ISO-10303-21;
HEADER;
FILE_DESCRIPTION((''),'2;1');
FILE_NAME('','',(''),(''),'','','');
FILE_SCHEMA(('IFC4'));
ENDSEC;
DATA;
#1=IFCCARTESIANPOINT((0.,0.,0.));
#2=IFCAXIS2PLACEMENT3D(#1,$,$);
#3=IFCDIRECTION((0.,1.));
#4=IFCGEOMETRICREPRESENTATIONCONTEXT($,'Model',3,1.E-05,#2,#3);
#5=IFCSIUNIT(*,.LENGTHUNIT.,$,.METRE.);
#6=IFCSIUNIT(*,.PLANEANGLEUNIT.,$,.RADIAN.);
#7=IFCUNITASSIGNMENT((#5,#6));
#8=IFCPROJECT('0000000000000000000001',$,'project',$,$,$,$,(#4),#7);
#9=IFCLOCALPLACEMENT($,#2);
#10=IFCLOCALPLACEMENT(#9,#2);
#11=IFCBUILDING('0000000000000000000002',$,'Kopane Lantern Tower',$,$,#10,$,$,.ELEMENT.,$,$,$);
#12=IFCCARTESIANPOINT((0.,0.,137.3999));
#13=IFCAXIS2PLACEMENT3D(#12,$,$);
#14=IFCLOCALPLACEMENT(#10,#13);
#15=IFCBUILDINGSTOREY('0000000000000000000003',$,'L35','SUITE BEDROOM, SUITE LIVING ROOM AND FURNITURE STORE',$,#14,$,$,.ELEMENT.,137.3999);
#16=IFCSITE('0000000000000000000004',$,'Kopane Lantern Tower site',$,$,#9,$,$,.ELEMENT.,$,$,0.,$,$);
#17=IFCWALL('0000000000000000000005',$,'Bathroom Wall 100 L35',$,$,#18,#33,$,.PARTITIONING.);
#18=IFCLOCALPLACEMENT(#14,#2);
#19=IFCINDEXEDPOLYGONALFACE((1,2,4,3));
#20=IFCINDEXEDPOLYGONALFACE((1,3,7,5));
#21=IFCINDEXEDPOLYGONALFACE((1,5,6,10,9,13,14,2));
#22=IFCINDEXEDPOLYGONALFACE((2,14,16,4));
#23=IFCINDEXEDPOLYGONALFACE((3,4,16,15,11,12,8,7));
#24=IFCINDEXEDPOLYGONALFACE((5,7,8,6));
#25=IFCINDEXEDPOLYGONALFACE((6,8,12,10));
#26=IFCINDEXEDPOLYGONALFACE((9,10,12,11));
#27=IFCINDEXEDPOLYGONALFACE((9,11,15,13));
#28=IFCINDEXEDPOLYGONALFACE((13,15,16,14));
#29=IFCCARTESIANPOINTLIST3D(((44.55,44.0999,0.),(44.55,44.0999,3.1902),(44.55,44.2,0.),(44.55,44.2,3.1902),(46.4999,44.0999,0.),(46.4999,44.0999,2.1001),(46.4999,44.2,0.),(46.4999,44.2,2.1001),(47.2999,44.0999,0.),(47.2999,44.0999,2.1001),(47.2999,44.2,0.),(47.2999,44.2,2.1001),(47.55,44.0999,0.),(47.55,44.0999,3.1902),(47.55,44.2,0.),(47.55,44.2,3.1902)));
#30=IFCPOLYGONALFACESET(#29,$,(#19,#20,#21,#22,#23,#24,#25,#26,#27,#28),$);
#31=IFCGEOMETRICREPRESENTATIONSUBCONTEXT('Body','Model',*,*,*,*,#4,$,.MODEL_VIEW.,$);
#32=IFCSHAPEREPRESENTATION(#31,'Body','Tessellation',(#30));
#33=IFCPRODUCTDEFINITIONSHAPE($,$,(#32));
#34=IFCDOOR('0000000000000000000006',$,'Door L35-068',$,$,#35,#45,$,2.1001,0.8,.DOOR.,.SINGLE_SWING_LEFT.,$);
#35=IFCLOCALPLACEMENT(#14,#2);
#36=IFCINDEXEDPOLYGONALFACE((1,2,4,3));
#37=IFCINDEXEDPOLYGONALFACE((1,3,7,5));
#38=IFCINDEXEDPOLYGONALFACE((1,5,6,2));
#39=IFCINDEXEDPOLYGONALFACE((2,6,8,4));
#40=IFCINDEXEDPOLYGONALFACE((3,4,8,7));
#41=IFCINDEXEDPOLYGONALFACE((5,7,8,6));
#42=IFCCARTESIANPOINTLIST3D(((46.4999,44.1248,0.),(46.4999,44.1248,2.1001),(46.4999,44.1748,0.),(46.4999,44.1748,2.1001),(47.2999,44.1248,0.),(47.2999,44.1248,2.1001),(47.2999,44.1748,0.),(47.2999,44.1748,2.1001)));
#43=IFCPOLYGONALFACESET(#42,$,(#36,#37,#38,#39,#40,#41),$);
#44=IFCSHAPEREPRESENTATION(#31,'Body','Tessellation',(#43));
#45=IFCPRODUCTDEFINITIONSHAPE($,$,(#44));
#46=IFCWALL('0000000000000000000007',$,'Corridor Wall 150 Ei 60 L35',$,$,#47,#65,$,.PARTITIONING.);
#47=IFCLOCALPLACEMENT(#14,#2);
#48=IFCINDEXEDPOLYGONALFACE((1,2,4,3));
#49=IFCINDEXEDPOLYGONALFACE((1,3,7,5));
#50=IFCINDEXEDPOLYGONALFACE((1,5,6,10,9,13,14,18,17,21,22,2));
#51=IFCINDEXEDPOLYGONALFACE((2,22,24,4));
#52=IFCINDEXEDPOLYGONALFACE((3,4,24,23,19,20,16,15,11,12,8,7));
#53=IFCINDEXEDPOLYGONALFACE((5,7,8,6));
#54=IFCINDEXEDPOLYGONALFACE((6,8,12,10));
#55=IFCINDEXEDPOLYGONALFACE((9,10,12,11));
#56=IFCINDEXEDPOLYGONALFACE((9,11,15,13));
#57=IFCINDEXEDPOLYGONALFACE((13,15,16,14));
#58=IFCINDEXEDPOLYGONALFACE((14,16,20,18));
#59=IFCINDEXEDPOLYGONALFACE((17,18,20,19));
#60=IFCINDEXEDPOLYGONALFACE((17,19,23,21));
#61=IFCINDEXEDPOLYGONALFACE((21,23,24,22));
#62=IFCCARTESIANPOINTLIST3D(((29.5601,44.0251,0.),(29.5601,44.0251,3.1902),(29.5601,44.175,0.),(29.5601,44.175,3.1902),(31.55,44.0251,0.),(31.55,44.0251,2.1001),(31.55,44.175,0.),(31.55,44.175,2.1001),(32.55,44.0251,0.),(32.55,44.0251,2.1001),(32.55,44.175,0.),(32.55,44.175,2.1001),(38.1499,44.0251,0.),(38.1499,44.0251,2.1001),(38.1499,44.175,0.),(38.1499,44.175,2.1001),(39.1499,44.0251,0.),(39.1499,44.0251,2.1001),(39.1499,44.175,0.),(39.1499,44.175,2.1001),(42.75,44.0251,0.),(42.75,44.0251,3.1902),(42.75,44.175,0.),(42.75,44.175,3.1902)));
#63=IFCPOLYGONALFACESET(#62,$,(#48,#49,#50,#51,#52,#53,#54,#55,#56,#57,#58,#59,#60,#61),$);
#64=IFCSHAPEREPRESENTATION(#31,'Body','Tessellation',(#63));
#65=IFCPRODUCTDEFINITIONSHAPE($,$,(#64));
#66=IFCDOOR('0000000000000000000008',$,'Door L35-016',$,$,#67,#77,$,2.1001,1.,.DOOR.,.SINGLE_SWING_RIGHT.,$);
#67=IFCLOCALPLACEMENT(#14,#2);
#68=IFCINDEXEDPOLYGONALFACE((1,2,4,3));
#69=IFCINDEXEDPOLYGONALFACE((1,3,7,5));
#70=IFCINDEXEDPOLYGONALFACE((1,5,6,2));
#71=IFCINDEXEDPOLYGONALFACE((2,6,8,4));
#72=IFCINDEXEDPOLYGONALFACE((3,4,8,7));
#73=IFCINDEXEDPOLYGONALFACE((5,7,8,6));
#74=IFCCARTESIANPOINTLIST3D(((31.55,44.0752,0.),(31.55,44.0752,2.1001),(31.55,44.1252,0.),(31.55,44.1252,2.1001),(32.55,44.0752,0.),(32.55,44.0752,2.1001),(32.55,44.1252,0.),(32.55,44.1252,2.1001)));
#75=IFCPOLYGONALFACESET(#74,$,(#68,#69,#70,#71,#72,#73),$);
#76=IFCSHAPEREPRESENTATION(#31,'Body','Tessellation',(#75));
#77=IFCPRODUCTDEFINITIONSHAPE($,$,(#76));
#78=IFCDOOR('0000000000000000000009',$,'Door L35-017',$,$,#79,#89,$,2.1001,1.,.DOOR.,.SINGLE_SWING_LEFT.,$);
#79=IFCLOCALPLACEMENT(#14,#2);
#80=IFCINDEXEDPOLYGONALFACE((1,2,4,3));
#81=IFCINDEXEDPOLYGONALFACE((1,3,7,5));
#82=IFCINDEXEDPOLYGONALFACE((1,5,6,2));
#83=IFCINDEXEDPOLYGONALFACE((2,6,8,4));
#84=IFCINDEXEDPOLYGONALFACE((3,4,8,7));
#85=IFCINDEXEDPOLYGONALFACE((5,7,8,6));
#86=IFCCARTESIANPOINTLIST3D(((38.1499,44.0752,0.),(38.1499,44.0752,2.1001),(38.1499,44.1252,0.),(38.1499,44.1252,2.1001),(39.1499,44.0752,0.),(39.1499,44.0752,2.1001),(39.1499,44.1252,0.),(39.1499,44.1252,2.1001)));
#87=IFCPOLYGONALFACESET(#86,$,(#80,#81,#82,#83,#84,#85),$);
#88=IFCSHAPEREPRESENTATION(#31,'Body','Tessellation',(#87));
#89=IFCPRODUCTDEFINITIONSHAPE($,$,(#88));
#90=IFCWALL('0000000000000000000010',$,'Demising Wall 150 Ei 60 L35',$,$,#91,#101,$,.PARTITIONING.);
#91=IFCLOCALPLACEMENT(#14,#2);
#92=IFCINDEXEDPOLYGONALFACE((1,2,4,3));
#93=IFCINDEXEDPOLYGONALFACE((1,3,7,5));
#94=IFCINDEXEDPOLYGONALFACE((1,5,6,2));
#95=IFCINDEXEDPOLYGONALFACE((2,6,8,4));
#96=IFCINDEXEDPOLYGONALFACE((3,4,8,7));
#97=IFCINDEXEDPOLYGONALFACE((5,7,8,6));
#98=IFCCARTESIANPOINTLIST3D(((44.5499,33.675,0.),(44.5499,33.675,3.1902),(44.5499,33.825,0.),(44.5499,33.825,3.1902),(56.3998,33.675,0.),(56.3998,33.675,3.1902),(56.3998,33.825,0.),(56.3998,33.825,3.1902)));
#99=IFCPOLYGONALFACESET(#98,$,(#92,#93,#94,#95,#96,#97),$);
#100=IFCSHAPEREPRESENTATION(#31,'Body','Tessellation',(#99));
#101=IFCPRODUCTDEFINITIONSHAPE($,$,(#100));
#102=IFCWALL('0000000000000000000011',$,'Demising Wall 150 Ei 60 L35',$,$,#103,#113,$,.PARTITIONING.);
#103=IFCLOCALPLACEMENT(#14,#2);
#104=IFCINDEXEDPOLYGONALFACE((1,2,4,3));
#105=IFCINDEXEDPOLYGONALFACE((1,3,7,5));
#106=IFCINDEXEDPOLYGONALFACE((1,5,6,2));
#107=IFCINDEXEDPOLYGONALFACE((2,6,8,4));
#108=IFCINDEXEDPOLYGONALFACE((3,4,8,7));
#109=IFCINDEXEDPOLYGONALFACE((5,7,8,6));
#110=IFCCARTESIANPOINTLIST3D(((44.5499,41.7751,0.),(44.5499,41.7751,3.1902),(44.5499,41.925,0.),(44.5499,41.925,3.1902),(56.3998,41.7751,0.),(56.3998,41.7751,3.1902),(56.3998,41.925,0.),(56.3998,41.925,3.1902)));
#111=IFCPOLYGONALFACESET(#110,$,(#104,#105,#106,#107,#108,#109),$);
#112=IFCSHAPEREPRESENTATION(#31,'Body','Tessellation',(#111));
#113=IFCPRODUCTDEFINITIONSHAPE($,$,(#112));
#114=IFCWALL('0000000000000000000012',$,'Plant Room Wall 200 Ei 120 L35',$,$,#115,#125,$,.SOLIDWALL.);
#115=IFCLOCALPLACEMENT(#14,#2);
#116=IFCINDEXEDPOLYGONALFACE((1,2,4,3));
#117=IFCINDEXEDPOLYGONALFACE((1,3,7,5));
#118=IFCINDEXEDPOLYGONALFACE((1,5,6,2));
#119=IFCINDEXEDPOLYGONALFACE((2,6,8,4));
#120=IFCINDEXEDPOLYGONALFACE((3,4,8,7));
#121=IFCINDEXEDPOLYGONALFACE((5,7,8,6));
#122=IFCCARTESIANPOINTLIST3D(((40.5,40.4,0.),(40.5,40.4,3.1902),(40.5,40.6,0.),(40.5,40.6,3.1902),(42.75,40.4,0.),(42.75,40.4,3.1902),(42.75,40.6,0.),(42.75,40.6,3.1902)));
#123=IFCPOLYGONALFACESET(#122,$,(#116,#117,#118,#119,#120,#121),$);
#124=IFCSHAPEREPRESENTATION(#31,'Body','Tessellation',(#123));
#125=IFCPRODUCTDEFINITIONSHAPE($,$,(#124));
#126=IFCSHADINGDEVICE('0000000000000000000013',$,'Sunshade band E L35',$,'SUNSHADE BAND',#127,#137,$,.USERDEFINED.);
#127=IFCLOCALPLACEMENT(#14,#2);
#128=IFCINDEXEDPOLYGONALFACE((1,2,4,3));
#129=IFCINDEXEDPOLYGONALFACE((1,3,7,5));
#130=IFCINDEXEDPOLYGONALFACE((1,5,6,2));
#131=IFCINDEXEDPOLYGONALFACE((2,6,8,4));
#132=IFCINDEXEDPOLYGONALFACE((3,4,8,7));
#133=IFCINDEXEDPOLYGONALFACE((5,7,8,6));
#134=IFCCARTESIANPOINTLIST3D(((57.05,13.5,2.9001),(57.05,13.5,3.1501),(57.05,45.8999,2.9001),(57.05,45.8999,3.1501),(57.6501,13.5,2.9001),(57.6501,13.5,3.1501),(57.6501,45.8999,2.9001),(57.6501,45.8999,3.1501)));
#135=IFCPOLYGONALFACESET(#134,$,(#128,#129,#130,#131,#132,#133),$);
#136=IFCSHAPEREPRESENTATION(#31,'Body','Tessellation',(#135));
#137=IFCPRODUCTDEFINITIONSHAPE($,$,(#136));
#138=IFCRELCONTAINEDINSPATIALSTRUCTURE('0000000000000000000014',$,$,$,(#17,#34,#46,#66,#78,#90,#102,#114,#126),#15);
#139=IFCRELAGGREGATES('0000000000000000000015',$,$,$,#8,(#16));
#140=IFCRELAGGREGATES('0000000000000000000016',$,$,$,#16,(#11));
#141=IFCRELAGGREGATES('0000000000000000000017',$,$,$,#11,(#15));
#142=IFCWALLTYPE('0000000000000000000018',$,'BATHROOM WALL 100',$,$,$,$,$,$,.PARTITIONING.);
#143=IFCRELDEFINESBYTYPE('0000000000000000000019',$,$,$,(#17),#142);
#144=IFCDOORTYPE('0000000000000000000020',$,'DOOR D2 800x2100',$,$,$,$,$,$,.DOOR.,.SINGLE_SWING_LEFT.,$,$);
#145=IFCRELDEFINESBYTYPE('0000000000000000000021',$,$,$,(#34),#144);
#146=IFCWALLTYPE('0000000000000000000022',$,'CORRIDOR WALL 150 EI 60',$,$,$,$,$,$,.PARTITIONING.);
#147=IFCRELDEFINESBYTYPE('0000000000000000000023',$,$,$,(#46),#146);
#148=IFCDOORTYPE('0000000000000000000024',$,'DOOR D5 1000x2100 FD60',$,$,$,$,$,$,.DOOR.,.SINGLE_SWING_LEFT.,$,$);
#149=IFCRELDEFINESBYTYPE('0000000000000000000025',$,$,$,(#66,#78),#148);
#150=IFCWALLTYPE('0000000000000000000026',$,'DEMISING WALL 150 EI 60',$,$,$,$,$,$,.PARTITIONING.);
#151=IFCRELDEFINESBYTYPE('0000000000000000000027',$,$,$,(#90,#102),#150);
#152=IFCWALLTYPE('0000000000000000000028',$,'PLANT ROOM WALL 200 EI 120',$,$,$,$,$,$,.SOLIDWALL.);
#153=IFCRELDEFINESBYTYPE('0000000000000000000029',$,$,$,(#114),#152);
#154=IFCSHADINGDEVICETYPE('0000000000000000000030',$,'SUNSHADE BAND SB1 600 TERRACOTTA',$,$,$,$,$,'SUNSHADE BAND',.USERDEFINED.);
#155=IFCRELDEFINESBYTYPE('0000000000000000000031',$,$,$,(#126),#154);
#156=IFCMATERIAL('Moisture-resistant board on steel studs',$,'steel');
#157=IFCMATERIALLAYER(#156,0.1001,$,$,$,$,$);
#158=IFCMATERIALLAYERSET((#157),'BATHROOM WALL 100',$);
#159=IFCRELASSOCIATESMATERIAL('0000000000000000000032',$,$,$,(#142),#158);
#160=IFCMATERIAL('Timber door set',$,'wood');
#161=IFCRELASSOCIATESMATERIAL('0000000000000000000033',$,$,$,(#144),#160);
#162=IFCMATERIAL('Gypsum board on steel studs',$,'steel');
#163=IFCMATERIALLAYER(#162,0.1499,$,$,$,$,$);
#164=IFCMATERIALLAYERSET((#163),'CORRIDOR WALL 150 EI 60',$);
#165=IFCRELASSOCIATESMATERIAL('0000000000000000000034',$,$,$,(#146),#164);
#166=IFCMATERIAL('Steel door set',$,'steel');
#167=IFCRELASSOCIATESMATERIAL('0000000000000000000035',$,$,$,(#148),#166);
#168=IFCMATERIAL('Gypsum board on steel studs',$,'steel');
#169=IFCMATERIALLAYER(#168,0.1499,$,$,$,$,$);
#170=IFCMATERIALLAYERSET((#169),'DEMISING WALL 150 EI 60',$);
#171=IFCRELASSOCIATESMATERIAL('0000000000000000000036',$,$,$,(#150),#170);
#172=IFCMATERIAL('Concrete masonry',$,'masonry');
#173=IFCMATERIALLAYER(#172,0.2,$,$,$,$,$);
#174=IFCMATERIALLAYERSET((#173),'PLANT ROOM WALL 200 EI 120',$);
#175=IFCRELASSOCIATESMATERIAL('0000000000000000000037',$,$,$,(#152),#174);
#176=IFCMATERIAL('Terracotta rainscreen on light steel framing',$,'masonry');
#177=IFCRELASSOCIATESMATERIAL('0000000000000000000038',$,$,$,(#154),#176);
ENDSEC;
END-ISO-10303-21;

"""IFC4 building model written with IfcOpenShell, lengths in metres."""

from ifc_helpers import new_model, si_unit, direction, frame, frame_2d, origin, origin_2d, place, context, subcontext, project, spatial, rectangle, extrude, material, layer, layer_set, type_object, element, fill, save


model = new_model("IFC4")

# Units and contexts
model_context = context("Model", 3, precision=1e-05, world=origin(), true_north=direction((0.0, 1.0)))
body_context = subcontext(model_context, "Body", "Model", "MODEL_VIEW")
ifc_project = project(units=[si_unit("LENGTHUNIT", "METRE"), si_unit("PLANEANGLEUNIT", "RADIAN")], contexts=[model_context])

# Site, building, storey
site_placement = place(None, origin())
site = spatial("IfcSite", under=ifc_project, at=site_placement, Name="Kopane Lantern Tower site", CompositionType="ELEMENT", RefElevation=0.0)
building_placement = place(site_placement, origin())
building = spatial("IfcBuilding", under=site, at=building_placement, Name="Kopane Lantern Tower", CompositionType="ELEMENT")
storey_placement = place(building_placement, frame((0.0, 0.0, 137.3999)))
storey = spatial("IfcBuildingStorey", under=building, at=storey_placement, Name="L35", Description="SUITE BEDROOM, SUITE LIVING ROOM AND FURNITURE STORE", CompositionType="ELEMENT", Elevation=137.3999)

# Shared definitions
ifc_material_1 = material(Name="Moisture-resistant board on steel studs", Category="steel")
ifc_layer_1 = layer(ifc_material_1, 0.1001)
ifc_layer_set_1 = layer_set([ifc_layer_1], Name="BATHROOM WALL 100")
wall_type_1 = type_object("IfcWallType", Name="BATHROOM WALL 100", PredefinedType="PARTITIONING", material=ifc_layer_set_1)

# Shared definitions
ifc_material_2 = material(Name="Timber door set", Category="wood")
door_type_1 = type_object("IfcDoorType", Name="DOOR D2 800x2100", OperationType="SINGLE_SWING_LEFT", PredefinedType="DOOR", material=ifc_material_2)

# Wall, opening, door
wall_1_placement = place(storey_placement, frame((44.55, 44.1499, 0.0), z_axis=(0.0, 0.0, 1.0), x_axis=(1.0, 0.0, 0.0)))
wall_1 = element("IfcWall", 1, at=wall_1_placement, inside=storey, type_object=wall_type_1, Name="Bathroom Wall 100 L35", PredefinedType="PARTITIONING", context=body_context, shape_type="SweptSolid", body=[
    extrude(rectangle(XDim=3.0, YDim=0.1001, at=frame_2d((1.5, 0.0))), origin(), (0.0, 0.0, 1.0), 3.1902),
])
opening_1_placement = place(wall_1_placement, frame((1.95, 0.0, 0.0)))
opening_1 = element("IfcOpeningElement", 2, at=opening_1_placement, cuts=wall_1, PredefinedType="OPENING", context=body_context, shape_type="SweptSolid", body=[
    extrude(rectangle(XDim=0.8, YDim=2.1001, at=frame_2d((0.3999, 1.05))), frame((0.0, 0.0601, 0.0), z_axis=(0.0, -1.0, 0.0), x_axis=(1.0, 0.0, 0.0)), (0.0, 0.0, 1.0), 0.1201),
])
door_1_placement = place(opening_1_placement, origin())
door_1 = element("IfcDoor", 3, at=door_1_placement, inside=storey, type_object=door_type_1, Name="Door L35-068", OperationType="SINGLE_SWING_LEFT", OverallHeight=2.1001, OverallWidth=0.8, PredefinedType="DOOR", context=body_context, shape_type="SweptSolid", body=[
    extrude(rectangle(XDim=0.8, YDim=2.1001, at=frame_2d((0.3999, 1.05))), frame((0.0, 0.0249, 0.0), z_axis=(0.0, -1.0, 0.0), x_axis=(1.0, 0.0, 0.0)), (0.0, 0.0, 1.0), 0.05),
])
fill(opening_1, door_1)

# Wall, openings, doors
ifc_material_3 = material(Name="Gypsum board on steel studs", Category="steel")
ifc_layer_2 = layer(ifc_material_3, 0.1499)
ifc_layer_set_2 = layer_set([ifc_layer_2], Name="CORRIDOR WALL 150 EI 60")
wall_type_2 = type_object("IfcWallType", Name="CORRIDOR WALL 150 EI 60", PredefinedType="PARTITIONING", material=ifc_layer_set_2)
wall_2_placement = place(storey_placement, frame((42.75, 44.1001, 0.0), z_axis=(0.0, 0.0, 1.0), x_axis=(-1.0, 0.0, 0.0)))
wall_2 = element("IfcWall", 4, at=wall_2_placement, inside=storey, type_object=wall_type_2, Name="Corridor Wall 150 Ei 60 L35", PredefinedType="PARTITIONING", context=body_context, shape_type="SweptSolid", body=[
    extrude(rectangle(XDim=13.1899, YDim=0.1499, at=frame_2d((6.595, 0.0))), origin(), (0.0, 0.0, 1.0), 3.1902),
])
opening_2_placement = place(wall_2_placement, frame((10.2, 0.0, 0.0)))
opening_2 = element("IfcOpeningElement", 5, at=opening_2_placement, cuts=wall_2, PredefinedType="OPENING", context=body_context, shape_type="SweptSolid", body=[
    extrude(rectangle(XDim=1.0, YDim=2.1001, at=frame_2d((0.5, 1.05))), frame((0.0, 0.085, 0.0), z_axis=(0.0, -1.0, 0.0), x_axis=(1.0, 0.0, 0.0)), (0.0, 0.0, 1.0), 0.1699),
])
opening_3_placement = place(wall_2_placement, frame((3.6001, 0.0, 0.0)))
opening_3 = element("IfcOpeningElement", 6, at=opening_3_placement, cuts=wall_2, PredefinedType="OPENING", context=body_context, shape_type="SweptSolid", body=[
    extrude(rectangle(XDim=1.0, YDim=2.1001, at=frame_2d((0.5, 1.05))), frame((0.0, 0.085, 0.0), z_axis=(0.0, -1.0, 0.0), x_axis=(1.0, 0.0, 0.0)), (0.0, 0.0, 1.0), 0.1699),
])
ifc_material_4 = material(Name="Steel door set", Category="steel")
door_type_2 = type_object("IfcDoorType", Name="DOOR D5 1000x2100 FD60", OperationType="SINGLE_SWING_LEFT", PredefinedType="DOOR", material=ifc_material_4)
door_2_placement = place(opening_2_placement, origin())
door_2 = element("IfcDoor", 7, at=door_2_placement, inside=storey, type_object=door_type_2, Name="Door L35-016", OperationType="SINGLE_SWING_RIGHT", OverallHeight=2.1001, OverallWidth=1.0, PredefinedType="DOOR", context=body_context, shape_type="SweptSolid", body=[
    extrude(rectangle(XDim=1.0, YDim=2.1001, at=frame_2d((0.5, 1.05))), frame((0.0, 0.0249, 0.0), z_axis=(0.0, -1.0, 0.0), x_axis=(1.0, 0.0, 0.0)), (0.0, 0.0, 1.0), 0.05),
])
fill(opening_2, door_2)
door_3_placement = place(opening_3_placement, origin())
door_3 = element("IfcDoor", 8, at=door_3_placement, inside=storey, type_object=door_type_2, Name="Door L35-017", OperationType="SINGLE_SWING_LEFT", OverallHeight=2.1001, OverallWidth=1.0, PredefinedType="DOOR", context=body_context, shape_type="SweptSolid", body=[
    extrude(rectangle(XDim=1.0, YDim=2.1001, at=frame_2d((0.5, 1.05))), frame((0.0, 0.0249, 0.0), z_axis=(0.0, -1.0, 0.0), x_axis=(1.0, 0.0, 0.0)), (0.0, 0.0, 1.0), 0.05),
])
fill(opening_3, door_3)

# Walls
ifc_material_5 = material(Name="Gypsum board on steel studs", Category="steel")
ifc_layer_3 = layer(ifc_material_5, 0.1499)
ifc_layer_set_3 = layer_set([ifc_layer_3], Name="DEMISING WALL 150 EI 60")
wall_type_3 = type_object("IfcWallType", Name="DEMISING WALL 150 EI 60", PredefinedType="PARTITIONING", material=ifc_layer_set_3)
for number, where, z_axis, x_axis, name in (
    (9, (44.55, 33.75, 0.0), (0.0, 0.0, 1.0), (1.0, 0.0, 0.0), "Demising Wall 150 Ei 60 L35"),
    (10, (44.55, 41.8501, 0.0), (0.0, 0.0, 1.0), (1.0, 0.0, 0.0), "Demising Wall 150 Ei 60 L35"),
):
    element("IfcWall", number, at=place(storey_placement, frame(where, z_axis=z_axis, x_axis=x_axis)), inside=storey, type_object=wall_type_3, Name=name, PredefinedType="PARTITIONING", context=body_context, shape_type="SweptSolid", body=[
        extrude(rectangle(XDim=11.8499, YDim=0.1499, at=frame_2d((5.9248, 0.0))), origin(), (0.0, 0.0, 1.0), 3.1902),
    ])
ifc_material_6 = material(Name="Concrete masonry", Category="masonry")
ifc_layer_4 = layer(ifc_material_6, 0.2)
ifc_layer_set_4 = layer_set([ifc_layer_4], Name="PLANT ROOM WALL 200 EI 120")
wall_type_4 = type_object("IfcWallType", Name="PLANT ROOM WALL 200 EI 120", PredefinedType="SOLIDWALL", material=ifc_layer_set_4)
wall_3_placement = place(storey_placement, frame((40.5, 40.5, 0.0), z_axis=(0.0, 0.0, 1.0), x_axis=(1.0, 0.0, 0.0)))
element("IfcWall", 11, at=wall_3_placement, inside=storey, type_object=wall_type_4, Name="Plant Room Wall 200 Ei 120 L35", PredefinedType="SOLIDWALL", context=body_context, shape_type="SweptSolid", body=[
    extrude(rectangle(XDim=2.25, YDim=0.2, at=frame_2d((1.125, 0.0))), origin(), (0.0, 0.0, 1.0), 3.1902),
])

# Shading device
ifc_material_7 = material(Name="Terracotta rainscreen on light steel framing", Category="masonry")
shading_device_type = type_object("IfcShadingDeviceType", Name="SUNSHADE BAND SB1 600 TERRACOTTA", ElementType="SUNSHADE BAND", PredefinedType="USERDEFINED", material=ifc_material_7)
shading_device_placement = place(storey_placement, frame((57.3501, 29.7, 2.9001), z_axis=(0.0, 0.0, 1.0), x_axis=(0.0, 1.0, 0.0)))
element("IfcShadingDevice", 12, at=shading_device_placement, inside=storey, type_object=shading_device_type, Name="Sunshade band E L35", ObjectType="SUNSHADE BAND", PredefinedType="USERDEFINED", context=body_context, shape_type="SweptSolid", body=[
    extrude(rectangle(XDim=32.3999, YDim=0.6001, at=origin_2d()), origin(), (0.0, 0.0, 1.0), 0.25),
])

save(model, "model.ifc")
